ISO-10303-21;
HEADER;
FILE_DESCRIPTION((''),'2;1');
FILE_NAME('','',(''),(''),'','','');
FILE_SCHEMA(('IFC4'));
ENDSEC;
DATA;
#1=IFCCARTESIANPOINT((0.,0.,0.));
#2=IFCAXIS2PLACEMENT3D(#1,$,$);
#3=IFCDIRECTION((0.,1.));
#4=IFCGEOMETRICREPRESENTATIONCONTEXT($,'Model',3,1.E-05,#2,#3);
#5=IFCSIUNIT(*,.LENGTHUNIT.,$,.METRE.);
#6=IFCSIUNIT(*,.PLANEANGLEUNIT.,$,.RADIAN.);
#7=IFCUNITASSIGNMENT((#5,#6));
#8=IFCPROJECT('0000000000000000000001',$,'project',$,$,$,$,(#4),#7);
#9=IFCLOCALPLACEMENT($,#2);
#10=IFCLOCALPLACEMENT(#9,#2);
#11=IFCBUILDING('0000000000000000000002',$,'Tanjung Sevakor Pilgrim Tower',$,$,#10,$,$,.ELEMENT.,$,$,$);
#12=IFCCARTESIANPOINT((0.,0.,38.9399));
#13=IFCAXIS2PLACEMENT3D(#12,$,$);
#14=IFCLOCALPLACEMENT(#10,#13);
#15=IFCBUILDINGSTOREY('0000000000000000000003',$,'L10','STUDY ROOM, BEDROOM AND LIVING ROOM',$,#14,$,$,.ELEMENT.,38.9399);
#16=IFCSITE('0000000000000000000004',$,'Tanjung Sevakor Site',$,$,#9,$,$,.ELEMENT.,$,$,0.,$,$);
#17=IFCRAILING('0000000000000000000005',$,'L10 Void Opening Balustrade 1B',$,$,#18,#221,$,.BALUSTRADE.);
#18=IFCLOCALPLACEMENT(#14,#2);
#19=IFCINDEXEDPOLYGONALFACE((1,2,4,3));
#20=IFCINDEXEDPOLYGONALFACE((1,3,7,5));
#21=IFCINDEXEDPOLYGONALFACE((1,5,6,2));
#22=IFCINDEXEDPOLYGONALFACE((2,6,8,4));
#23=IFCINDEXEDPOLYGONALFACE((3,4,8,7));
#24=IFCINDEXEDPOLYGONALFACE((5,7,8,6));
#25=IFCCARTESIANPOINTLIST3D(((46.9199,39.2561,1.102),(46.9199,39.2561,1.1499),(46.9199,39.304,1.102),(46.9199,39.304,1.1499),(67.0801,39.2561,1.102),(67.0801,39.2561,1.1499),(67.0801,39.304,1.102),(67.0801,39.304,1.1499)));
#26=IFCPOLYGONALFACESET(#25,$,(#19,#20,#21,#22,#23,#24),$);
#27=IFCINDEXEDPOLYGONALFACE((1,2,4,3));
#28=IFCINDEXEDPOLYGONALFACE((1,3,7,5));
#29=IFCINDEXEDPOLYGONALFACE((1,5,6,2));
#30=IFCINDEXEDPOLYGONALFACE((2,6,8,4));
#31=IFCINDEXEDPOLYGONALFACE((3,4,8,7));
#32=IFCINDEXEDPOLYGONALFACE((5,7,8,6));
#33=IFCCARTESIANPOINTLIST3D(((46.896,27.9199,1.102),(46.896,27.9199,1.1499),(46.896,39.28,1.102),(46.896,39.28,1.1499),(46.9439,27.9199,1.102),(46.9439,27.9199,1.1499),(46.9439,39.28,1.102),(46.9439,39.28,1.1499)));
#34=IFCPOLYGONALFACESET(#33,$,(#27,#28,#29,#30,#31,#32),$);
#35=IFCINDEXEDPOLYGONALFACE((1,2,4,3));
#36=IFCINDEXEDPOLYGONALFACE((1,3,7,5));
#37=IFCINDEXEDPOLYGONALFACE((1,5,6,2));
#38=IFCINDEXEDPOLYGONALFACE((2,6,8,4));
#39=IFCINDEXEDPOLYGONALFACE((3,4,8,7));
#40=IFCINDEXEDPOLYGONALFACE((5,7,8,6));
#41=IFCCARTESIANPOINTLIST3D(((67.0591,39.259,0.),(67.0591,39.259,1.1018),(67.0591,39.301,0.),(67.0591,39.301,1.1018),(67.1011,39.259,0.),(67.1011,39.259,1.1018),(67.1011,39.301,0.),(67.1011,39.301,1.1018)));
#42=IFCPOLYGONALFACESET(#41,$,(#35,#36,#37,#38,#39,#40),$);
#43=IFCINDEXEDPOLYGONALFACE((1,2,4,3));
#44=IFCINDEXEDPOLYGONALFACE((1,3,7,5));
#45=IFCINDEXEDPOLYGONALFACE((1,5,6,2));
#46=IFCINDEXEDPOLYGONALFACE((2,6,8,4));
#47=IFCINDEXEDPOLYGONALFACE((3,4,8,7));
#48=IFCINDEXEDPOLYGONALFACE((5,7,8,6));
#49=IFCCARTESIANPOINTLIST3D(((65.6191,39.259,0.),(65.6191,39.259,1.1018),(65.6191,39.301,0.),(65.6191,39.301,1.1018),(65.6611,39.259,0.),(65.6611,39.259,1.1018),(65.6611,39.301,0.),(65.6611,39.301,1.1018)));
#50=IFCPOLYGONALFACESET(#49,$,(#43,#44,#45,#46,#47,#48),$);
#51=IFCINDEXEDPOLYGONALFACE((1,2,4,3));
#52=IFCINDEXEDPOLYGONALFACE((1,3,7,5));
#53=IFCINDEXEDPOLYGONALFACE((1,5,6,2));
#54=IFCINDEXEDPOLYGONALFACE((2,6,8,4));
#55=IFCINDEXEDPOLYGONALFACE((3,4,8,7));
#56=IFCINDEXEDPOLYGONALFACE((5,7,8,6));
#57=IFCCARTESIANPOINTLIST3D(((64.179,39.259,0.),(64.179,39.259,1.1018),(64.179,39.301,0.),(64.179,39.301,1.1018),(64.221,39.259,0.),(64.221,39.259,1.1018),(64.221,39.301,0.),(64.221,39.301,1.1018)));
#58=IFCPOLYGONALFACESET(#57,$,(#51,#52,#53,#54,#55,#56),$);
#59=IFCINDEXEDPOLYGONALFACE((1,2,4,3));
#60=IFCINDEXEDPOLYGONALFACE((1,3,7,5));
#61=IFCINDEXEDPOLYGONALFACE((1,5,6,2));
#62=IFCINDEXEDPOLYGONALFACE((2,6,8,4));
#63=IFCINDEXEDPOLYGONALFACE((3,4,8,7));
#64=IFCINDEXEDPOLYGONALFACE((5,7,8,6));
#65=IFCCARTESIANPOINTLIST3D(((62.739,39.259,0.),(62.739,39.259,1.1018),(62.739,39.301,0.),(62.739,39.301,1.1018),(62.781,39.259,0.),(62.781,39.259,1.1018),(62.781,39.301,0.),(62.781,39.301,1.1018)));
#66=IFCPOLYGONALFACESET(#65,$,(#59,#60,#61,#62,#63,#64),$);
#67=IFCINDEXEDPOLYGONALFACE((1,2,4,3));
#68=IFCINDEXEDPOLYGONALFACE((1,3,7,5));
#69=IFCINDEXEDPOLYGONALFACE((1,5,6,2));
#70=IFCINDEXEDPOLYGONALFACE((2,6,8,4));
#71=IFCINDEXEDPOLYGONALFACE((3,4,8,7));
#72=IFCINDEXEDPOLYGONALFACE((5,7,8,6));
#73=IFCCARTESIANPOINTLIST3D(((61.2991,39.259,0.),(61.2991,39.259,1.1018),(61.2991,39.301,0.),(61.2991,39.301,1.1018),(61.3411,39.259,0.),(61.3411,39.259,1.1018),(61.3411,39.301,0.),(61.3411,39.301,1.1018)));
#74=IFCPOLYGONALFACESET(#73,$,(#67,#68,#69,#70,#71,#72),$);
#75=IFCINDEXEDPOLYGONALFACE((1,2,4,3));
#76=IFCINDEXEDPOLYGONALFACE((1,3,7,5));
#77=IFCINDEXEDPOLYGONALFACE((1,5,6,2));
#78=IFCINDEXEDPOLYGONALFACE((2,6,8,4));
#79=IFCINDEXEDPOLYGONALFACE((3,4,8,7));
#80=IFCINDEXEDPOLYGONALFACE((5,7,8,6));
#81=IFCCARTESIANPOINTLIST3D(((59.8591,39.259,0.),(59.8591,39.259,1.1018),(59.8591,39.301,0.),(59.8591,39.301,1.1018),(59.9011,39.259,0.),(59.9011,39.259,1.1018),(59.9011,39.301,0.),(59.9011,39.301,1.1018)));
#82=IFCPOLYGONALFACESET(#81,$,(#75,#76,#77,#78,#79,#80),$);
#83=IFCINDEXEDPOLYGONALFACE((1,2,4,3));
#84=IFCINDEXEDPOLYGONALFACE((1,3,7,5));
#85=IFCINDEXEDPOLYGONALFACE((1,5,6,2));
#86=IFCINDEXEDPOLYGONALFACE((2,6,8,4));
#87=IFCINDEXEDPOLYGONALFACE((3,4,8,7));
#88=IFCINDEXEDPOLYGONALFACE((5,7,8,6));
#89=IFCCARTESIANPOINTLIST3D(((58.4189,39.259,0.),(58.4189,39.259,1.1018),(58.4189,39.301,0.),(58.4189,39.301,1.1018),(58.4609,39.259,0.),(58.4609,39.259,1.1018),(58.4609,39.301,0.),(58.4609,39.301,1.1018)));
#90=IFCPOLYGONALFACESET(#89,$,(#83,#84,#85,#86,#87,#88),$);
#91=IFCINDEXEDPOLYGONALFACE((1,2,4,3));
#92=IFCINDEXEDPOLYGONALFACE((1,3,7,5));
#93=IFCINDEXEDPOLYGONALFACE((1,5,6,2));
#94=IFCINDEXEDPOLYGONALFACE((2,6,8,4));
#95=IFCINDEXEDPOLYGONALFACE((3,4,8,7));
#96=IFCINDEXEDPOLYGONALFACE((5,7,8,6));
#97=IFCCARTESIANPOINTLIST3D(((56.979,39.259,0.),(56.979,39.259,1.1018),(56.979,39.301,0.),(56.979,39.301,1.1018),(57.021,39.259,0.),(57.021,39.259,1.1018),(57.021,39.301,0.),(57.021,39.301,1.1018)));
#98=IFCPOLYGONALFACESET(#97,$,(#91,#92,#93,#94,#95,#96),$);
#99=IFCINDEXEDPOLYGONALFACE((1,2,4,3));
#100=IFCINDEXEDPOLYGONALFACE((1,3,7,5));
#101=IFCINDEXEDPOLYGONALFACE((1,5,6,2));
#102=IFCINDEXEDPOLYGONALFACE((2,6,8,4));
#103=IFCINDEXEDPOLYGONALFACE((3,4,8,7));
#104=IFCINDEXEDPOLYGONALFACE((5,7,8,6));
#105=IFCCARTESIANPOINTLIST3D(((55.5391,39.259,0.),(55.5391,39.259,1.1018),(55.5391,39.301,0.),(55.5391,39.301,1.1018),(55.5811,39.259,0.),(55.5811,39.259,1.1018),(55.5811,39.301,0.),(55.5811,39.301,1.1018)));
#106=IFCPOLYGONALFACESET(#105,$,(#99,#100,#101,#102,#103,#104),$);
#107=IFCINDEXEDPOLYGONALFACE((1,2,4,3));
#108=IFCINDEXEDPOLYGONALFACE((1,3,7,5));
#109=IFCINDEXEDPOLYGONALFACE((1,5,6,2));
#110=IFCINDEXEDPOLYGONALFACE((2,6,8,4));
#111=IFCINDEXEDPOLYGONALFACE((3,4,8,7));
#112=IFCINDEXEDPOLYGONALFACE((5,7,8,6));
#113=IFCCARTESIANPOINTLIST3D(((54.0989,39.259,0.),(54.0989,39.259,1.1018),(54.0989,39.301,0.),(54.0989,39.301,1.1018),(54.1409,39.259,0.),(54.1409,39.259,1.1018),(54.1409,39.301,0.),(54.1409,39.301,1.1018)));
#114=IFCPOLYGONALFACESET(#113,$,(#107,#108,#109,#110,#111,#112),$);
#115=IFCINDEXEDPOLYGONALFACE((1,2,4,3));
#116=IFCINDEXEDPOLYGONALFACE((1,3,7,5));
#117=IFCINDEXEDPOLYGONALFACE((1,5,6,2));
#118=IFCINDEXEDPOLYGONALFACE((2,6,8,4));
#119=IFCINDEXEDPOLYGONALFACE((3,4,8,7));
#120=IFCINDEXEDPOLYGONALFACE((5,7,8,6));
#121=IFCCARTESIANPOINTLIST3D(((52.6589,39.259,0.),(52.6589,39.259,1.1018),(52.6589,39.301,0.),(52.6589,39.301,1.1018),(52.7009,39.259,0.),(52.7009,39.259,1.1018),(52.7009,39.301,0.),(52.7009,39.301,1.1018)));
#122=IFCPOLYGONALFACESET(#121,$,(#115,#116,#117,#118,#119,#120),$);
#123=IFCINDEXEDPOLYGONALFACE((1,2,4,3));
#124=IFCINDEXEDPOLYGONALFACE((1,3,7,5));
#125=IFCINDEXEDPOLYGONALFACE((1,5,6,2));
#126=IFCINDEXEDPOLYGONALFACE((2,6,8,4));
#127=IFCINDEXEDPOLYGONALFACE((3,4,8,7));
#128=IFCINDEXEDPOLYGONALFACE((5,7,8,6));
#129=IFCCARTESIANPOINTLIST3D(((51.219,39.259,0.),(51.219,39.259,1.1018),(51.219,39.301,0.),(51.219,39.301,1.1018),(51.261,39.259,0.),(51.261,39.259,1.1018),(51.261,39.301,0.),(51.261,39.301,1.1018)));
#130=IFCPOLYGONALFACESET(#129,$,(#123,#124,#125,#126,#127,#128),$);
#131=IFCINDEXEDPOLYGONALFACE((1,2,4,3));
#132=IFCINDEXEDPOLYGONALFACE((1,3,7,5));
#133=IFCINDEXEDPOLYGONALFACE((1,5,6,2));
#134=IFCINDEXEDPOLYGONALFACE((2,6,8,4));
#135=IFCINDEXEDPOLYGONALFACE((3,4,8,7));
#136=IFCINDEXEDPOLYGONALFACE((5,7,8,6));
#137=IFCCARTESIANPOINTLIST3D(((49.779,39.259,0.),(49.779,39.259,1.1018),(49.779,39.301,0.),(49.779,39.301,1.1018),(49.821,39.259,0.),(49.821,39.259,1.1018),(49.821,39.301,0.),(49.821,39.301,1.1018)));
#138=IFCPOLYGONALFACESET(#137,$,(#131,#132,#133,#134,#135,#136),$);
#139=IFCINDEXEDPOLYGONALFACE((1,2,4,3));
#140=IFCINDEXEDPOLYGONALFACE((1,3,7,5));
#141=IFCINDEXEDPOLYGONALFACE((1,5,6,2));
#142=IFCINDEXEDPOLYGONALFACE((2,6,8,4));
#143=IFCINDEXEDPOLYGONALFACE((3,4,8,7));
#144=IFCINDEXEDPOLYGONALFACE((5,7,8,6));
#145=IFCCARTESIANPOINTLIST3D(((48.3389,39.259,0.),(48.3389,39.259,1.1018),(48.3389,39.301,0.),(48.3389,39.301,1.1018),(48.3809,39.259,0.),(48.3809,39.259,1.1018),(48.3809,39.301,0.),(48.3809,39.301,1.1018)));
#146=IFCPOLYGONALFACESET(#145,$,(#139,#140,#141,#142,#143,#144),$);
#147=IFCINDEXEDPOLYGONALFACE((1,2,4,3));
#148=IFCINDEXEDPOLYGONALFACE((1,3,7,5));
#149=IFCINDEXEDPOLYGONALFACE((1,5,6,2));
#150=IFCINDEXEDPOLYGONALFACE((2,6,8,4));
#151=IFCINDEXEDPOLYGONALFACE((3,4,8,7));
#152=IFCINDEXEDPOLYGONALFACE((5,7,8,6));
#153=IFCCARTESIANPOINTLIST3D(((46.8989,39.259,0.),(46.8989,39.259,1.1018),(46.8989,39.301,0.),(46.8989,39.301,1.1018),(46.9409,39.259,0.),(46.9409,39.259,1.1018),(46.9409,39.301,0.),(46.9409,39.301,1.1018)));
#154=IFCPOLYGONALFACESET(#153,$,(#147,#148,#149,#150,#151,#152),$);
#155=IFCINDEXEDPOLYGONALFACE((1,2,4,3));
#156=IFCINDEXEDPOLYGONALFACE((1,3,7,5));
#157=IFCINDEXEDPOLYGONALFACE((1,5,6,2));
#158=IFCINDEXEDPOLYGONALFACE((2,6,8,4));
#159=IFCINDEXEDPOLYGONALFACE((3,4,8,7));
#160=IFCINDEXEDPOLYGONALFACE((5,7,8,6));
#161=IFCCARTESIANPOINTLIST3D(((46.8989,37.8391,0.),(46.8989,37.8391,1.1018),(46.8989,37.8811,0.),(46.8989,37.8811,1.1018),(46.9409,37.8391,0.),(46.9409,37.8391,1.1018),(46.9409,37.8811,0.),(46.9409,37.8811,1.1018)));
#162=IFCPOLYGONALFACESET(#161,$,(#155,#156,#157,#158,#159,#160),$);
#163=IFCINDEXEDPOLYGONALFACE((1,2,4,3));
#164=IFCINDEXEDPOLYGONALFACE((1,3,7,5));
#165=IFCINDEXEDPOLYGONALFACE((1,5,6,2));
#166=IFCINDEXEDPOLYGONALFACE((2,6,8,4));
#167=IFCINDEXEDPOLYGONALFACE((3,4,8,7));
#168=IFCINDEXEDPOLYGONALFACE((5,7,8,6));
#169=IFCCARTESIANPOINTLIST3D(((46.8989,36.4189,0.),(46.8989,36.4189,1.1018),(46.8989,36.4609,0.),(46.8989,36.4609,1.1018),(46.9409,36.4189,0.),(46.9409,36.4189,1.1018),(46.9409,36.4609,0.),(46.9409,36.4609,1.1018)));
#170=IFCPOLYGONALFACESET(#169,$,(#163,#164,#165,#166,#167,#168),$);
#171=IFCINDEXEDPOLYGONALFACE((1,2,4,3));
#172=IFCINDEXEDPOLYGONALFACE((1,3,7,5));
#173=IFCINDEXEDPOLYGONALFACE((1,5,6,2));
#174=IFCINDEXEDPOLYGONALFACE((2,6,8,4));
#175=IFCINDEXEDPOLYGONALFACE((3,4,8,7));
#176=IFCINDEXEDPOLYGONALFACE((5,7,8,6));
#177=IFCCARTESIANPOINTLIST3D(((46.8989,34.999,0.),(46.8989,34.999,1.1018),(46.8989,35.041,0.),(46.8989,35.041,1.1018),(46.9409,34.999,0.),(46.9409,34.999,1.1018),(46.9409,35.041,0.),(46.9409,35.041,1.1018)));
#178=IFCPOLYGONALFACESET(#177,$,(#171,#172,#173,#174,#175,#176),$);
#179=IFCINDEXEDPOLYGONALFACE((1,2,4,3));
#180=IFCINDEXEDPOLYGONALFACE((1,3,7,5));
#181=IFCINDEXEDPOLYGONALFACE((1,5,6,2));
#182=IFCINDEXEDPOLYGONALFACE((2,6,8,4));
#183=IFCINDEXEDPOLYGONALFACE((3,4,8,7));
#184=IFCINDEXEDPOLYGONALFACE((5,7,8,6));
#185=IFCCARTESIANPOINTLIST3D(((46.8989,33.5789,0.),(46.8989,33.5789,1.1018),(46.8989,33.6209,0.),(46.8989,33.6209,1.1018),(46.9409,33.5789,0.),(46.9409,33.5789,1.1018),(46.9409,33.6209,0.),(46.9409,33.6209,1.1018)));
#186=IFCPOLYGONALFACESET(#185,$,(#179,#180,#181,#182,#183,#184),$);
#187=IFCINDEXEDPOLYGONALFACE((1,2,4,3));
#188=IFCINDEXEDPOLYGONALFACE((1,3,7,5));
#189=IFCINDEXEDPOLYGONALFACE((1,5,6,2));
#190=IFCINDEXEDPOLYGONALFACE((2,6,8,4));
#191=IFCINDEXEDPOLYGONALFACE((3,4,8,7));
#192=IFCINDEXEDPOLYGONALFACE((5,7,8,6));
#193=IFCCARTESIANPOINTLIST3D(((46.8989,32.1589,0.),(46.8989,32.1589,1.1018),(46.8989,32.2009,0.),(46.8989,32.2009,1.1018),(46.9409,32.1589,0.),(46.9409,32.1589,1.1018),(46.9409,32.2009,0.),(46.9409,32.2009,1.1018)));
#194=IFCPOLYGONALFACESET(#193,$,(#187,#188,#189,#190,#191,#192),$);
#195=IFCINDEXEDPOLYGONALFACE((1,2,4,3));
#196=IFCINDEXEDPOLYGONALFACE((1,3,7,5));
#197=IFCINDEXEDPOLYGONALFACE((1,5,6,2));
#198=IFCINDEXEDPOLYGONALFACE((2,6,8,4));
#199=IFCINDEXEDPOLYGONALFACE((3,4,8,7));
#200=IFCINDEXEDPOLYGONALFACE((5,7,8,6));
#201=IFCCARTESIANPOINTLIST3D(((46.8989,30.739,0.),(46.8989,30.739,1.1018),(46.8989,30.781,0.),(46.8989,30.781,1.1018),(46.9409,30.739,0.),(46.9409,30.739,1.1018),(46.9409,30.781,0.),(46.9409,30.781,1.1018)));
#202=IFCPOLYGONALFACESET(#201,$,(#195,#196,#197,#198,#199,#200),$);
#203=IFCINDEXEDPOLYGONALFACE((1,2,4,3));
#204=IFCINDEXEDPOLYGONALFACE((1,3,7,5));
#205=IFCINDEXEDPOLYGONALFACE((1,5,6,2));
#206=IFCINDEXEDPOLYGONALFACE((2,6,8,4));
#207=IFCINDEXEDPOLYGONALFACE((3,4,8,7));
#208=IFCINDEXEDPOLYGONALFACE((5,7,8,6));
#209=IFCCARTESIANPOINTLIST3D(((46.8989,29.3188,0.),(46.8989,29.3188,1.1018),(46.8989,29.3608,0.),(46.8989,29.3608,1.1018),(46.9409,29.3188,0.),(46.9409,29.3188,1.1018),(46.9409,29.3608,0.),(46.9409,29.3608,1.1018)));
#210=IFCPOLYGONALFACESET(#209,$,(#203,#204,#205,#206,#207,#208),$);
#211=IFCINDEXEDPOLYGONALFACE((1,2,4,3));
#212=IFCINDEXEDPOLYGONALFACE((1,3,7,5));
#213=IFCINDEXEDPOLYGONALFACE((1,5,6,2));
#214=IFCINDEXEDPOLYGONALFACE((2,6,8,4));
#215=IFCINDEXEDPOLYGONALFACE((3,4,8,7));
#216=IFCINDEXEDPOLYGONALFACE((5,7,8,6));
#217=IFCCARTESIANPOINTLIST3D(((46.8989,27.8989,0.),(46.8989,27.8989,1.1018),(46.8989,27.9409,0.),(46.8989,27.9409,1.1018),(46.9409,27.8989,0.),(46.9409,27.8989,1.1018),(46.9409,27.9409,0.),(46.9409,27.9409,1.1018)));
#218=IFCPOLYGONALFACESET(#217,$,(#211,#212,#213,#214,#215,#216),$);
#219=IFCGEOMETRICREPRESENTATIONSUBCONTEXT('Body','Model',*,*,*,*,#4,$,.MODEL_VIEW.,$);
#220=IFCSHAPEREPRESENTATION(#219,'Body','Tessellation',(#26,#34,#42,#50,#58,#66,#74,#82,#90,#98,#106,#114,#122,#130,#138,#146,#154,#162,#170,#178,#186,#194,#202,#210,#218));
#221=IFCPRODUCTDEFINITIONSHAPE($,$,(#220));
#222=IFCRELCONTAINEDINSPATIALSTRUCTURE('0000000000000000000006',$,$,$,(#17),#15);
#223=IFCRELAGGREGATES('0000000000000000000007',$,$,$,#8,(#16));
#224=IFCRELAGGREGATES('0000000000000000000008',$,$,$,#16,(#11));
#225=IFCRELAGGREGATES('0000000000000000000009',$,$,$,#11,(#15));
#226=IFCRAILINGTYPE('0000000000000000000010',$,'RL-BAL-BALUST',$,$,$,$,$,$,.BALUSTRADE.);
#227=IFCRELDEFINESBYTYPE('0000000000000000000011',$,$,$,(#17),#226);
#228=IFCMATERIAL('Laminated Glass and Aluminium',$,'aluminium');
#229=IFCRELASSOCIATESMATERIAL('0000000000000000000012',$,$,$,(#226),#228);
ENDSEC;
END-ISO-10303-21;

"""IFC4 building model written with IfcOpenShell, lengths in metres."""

from ifc_helpers import new_model, si_unit, direction, frame, origin, place, context, subcontext, project, spatial, rectangle, extrude, material, type_object, element, save


model = new_model("IFC4")

# Units and contexts
model_context = context("Model", 3, precision=1e-05, world=origin(), true_north=direction((0.0, 1.0)))
body_context = subcontext(model_context, "Body", "Model", "MODEL_VIEW")
ifc_project = project(units=[si_unit("LENGTHUNIT", "METRE"), si_unit("PLANEANGLEUNIT", "RADIAN")], contexts=[model_context])

# Site, building, storey
site_placement = place(None, origin())
site = spatial("IfcSite", under=ifc_project, at=site_placement, Name="Tanjung Sevakor Site", CompositionType="ELEMENT", RefElevation=0.0)
building_placement = place(site_placement, origin())
building = spatial("IfcBuilding", under=site, at=building_placement, Name="Tanjung Sevakor Pilgrim Tower", CompositionType="ELEMENT")
storey_placement = place(building_placement, frame((0.0, 0.0, 38.9399)))
storey = spatial("IfcBuildingStorey", under=building, at=storey_placement, Name="L10", Description="STUDY ROOM, BEDROOM AND LIVING ROOM", CompositionType="ELEMENT", Elevation=38.9399)

# Railing
ifc_material_1 = material(Name="Laminated Glass and Aluminium", Category="aluminium")
railing_type = type_object("IfcRailingType", Name="RL-BAL-BALUST", PredefinedType="BALUSTRADE", material=ifc_material_1)
railing_placement = place(storey_placement, frame((67.0801, 39.28, 0.0)))
element("IfcRailing", 1, at=railing_placement, inside=storey, type_object=railing_type, Name="L10 Void Opening Balustrade 1B", PredefinedType="BALUSTRADE", context=body_context, shape_type="SweptSolid", body=[
    extrude(rectangle(XDim=0.0479, YDim=0.0479), frame((0.0, 0.0, 1.126), z_axis=(-1.0, 0.0, 0.0), x_axis=(0.0, -1.0, 0.0)), (0.0, 0.0, 1.0), 20.1602),
    extrude(rectangle(XDim=0.0479, YDim=0.0479), frame((-20.1602, 0.0, 1.126), z_axis=(0.0, -1.0, 0.0), x_axis=(1.0, 0.0, 0.0)), (0.0, 0.0, 1.0), 11.3601),
    extrude(rectangle(XDim=0.042, YDim=0.042), origin(), (0.0, 0.0, 1.0), 1.1018),
    extrude(rectangle(XDim=0.042, YDim=0.042), frame((-1.4399, 0.0, 0.0)), (0.0, 0.0, 1.0), 1.1018),
    extrude(rectangle(XDim=0.042, YDim=0.042), frame((-2.8801, 0.0, 0.0)), (0.0, 0.0, 1.0), 1.1018),
    extrude(rectangle(XDim=0.042, YDim=0.042), frame((-4.3201, 0.0, 0.0)), (0.0, 0.0, 1.0), 1.1018),
    extrude(rectangle(XDim=0.042, YDim=0.042), frame((-5.76, 0.0, 0.0)), (0.0, 0.0, 1.0), 1.1018),
    extrude(rectangle(XDim=0.042, YDim=0.042), frame((-7.2, 0.0, 0.0)), (0.0, 0.0, 1.0), 1.1018),
    extrude(rectangle(XDim=0.042, YDim=0.042), frame((-8.6401, 0.0, 0.0)), (0.0, 0.0, 1.0), 1.1018),
    extrude(rectangle(XDim=0.042, YDim=0.042), frame((-10.0801, 0.0, 0.0)), (0.0, 0.0, 1.0), 1.1018),
    extrude(rectangle(XDim=0.042, YDim=0.042), frame((-11.52, 0.0, 0.0)), (0.0, 0.0, 1.0), 1.1018),
    extrude(rectangle(XDim=0.042, YDim=0.042), frame((-12.9602, 0.0, 0.0)), (0.0, 0.0, 1.0), 1.1018),
    extrude(rectangle(XDim=0.042, YDim=0.042), frame((-14.4001, 0.0, 0.0)), (0.0, 0.0, 1.0), 1.1018),
    extrude(rectangle(XDim=0.042, YDim=0.042), frame((-15.8401, 0.0, 0.0)), (0.0, 0.0, 1.0), 1.1018),
    extrude(rectangle(XDim=0.042, YDim=0.042), frame((-17.28, 0.0, 0.0)), (0.0, 0.0, 1.0), 1.1018),
    extrude(rectangle(XDim=0.042, YDim=0.042), frame((-18.7202, 0.0, 0.0)), (0.0, 0.0, 1.0), 1.1018),
    extrude(rectangle(XDim=0.042, YDim=0.042), frame((-20.1602, 0.0, 0.0)), (0.0, 0.0, 1.0), 1.1018),
    extrude(rectangle(XDim=0.042, YDim=0.042), frame((-20.1602, -1.4199, 0.0)), (0.0, 0.0, 1.0), 1.1018),
    extrude(rectangle(XDim=0.042, YDim=0.042), frame((-20.1602, -2.8401, 0.0)), (0.0, 0.0, 1.0), 1.1018),
    extrude(rectangle(XDim=0.042, YDim=0.042), frame((-20.1602, -4.26, 0.0)), (0.0, 0.0, 1.0), 1.1018),
    extrude(rectangle(XDim=0.042, YDim=0.042), frame((-20.1602, -5.6802, 0.0)), (0.0, 0.0, 1.0), 1.1018),
    extrude(rectangle(XDim=0.042, YDim=0.042), frame((-20.1602, -7.1001, 0.0)), (0.0, 0.0, 1.0), 1.1018),
    extrude(rectangle(XDim=0.042, YDim=0.042), frame((-20.1602, -8.52, 0.0)), (0.0, 0.0, 1.0), 1.1018),
    extrude(rectangle(XDim=0.042, YDim=0.042), frame((-20.1602, -9.9402, 0.0)), (0.0, 0.0, 1.0), 1.1018),
    extrude(rectangle(XDim=0.042, YDim=0.042), frame((-20.1602, -11.3601, 0.0)), (0.0, 0.0, 1.0), 1.1018),
])

save(model, "model.ifc")
